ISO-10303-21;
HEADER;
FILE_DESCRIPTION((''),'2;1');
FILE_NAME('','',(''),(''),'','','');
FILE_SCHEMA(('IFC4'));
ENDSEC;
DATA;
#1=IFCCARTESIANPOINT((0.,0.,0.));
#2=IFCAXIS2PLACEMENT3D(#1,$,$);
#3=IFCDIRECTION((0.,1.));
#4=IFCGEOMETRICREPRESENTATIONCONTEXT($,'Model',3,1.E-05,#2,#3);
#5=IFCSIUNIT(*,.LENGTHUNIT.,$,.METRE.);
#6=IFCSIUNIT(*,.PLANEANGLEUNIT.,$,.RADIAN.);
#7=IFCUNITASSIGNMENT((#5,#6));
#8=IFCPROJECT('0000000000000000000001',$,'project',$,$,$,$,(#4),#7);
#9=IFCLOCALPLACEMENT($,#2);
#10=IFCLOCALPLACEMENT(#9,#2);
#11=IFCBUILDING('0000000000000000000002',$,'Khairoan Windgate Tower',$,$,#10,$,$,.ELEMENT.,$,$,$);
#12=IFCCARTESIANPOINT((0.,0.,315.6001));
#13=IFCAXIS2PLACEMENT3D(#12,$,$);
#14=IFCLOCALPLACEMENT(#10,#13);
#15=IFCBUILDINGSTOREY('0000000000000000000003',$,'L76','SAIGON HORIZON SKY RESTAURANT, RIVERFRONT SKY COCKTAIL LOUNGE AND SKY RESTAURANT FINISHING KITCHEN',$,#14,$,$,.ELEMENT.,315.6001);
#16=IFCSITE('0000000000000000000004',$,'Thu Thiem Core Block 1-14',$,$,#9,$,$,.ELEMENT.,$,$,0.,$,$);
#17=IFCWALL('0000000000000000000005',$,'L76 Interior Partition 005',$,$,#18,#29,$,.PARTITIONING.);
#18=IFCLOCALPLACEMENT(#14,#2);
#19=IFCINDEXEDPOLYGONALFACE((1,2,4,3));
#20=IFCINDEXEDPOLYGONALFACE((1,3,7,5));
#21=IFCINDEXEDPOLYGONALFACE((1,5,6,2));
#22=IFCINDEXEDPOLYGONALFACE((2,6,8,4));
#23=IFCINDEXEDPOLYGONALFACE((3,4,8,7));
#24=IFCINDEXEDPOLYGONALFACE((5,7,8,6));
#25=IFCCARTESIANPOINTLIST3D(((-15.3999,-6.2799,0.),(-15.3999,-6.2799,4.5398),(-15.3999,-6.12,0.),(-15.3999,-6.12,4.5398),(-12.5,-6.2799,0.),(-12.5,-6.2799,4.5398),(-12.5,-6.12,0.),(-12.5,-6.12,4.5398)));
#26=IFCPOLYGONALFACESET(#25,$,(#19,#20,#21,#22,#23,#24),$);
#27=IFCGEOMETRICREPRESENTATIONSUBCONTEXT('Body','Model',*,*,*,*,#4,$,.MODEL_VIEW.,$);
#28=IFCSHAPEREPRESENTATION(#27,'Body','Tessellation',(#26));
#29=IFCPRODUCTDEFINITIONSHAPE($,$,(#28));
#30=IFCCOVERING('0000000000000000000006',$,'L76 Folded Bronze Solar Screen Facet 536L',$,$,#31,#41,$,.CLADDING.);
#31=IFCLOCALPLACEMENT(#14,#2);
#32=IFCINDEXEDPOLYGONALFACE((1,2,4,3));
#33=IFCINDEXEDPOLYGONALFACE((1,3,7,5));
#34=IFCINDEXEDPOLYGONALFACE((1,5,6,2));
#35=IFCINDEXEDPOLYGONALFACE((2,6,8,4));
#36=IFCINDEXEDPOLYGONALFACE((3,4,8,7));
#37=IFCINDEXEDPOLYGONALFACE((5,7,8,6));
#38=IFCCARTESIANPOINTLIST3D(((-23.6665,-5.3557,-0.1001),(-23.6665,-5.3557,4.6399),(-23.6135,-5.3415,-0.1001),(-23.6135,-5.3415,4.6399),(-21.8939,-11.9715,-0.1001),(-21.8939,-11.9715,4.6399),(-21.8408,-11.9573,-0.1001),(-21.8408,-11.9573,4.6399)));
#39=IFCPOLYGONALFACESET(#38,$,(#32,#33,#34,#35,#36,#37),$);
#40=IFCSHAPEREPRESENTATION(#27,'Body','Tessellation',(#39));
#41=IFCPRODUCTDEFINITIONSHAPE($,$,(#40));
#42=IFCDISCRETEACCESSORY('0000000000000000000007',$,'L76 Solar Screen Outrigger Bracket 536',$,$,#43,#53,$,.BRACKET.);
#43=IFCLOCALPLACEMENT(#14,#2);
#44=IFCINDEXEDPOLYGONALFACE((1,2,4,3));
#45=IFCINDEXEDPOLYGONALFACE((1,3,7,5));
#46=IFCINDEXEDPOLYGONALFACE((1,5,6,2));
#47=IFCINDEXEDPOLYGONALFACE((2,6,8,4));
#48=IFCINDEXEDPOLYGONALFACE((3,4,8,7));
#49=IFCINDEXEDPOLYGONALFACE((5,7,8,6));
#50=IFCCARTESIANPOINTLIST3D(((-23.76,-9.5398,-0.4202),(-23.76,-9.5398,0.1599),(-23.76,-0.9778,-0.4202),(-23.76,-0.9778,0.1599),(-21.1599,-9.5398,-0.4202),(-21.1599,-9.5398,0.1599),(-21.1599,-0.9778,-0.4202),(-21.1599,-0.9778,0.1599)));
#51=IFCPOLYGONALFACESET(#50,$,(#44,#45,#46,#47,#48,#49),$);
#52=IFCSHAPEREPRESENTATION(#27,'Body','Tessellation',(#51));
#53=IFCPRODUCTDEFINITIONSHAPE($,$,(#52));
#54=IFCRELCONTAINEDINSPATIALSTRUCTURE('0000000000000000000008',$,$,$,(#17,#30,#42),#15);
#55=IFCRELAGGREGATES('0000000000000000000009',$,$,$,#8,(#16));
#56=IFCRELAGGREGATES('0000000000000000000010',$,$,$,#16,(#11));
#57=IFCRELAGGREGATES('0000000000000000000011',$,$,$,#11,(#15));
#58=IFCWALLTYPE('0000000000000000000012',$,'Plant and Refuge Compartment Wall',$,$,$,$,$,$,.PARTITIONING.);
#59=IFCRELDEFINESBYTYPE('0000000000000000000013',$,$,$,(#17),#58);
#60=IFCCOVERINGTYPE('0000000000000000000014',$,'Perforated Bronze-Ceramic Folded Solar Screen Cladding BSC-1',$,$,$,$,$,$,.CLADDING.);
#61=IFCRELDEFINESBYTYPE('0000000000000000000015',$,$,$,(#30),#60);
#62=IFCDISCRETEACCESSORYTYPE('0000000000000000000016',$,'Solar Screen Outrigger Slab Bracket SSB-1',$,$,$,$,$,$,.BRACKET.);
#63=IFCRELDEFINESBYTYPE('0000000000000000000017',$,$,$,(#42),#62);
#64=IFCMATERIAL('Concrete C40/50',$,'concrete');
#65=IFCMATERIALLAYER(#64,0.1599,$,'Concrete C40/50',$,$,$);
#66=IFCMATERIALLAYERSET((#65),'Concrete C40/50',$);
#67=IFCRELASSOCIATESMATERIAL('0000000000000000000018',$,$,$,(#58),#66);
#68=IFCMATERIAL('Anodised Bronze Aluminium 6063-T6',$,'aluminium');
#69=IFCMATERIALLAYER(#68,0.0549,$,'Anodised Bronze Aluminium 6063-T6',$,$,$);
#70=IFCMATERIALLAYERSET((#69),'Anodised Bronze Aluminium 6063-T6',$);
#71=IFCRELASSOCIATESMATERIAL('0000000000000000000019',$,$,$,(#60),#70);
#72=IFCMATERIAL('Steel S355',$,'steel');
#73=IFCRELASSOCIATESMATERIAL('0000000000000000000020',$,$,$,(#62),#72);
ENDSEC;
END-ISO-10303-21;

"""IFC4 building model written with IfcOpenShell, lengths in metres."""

from ifc_helpers import new_model, si_unit, direction, frame, frame_2d, origin, origin_2d, place, context, subcontext, project, spatial, rectangle, extrude, material, layer, layer_set, type_object, element, save


model = new_model("IFC4")

# Units and contexts
model_context = context("Model", 3, precision=1e-05, world=origin(), true_north=direction((0.0, 1.0)))
body_context = subcontext(model_context, "Body", "Model", "MODEL_VIEW")
ifc_project = project(units=[si_unit("LENGTHUNIT", "METRE"), si_unit("PLANEANGLEUNIT", "RADIAN")], contexts=[model_context])

# Site, building, storey
site_placement = place(None, origin())
site = spatial("IfcSite", under=ifc_project, at=site_placement, Name="Thu Thiem Core Block 1-14", CompositionType="ELEMENT", RefElevation=0.0)
building_placement = place(site_placement, origin())
building = spatial("IfcBuilding", under=site, at=building_placement, Name="Khairoan Windgate Tower", CompositionType="ELEMENT")
storey_placement = place(building_placement, frame((0.0, 0.0, 315.6001)))
storey = spatial("IfcBuildingStorey", under=building, at=storey_placement, Name="L76", Description="SAIGON HORIZON SKY RESTAURANT, RIVERFRONT SKY COCKTAIL LOUNGE AND SKY RESTAURANT FINISHING KITCHEN", CompositionType="ELEMENT", Elevation=315.6001)

# Shared definitions
ifc_material_1 = material(Name="Concrete C40/50", Category="concrete")
ifc_layer_1 = layer(ifc_material_1, 0.1599, Name="Concrete C40/50")
ifc_layer_set_1 = layer_set([ifc_layer_1], Name="Concrete C40/50")
wall_type_1 = type_object("IfcWallType", Name="Plant and Refuge Compartment Wall", PredefinedType="PARTITIONING", material=ifc_layer_set_1)

# Wall
wall_1_placement = place(storey_placement, frame((-15.3999, -6.2, 0.0), z_axis=(0.0, 0.0, 1.0), x_axis=(1.0, 0.0, 0.0)))
element("IfcWall", 1, at=wall_1_placement, inside=storey, type_object=wall_type_1, Name="L76 Interior Partition 005", PredefinedType="PARTITIONING", context=body_context, shape_type="SweptSolid", body=[
    extrude(rectangle(XDim=2.8999, YDim=0.1599, at=frame_2d((1.45, 0.0))), origin(), (0.0, 0.0, 1.0), 4.5398),
])

# Covering
ifc_material_2 = material(Name="Anodised Bronze Aluminium 6063-T6", Category="aluminium")
ifc_layer_2 = layer(ifc_material_2, 0.0549, Name="Anodised Bronze Aluminium 6063-T6")
ifc_layer_set_2 = layer_set([ifc_layer_2], Name="Anodised Bronze Aluminium 6063-T6")
covering_type = type_object("IfcCoveringType", Name="Perforated Bronze-Ceramic Folded Solar Screen Cladding BSC-1", PredefinedType="CLADDING", material=ifc_layer_set_2)
covering_placement = place(storey_placement, frame((-22.7537, -8.6565, -0.1001), z_axis=(0.0, 0.0, 1.0), x_axis=(-0.258819, 0.965926, 0.0)))
element("IfcCovering", 2, at=covering_placement, inside=storey, type_object=covering_type, Name="L76 Folded Bronze Solar Screen Facet 536L", PredefinedType="CLADDING", context=body_context, shape_type="SweptSolid", body=[
    extrude(rectangle(XDim=6.8491, YDim=0.0549, at=origin_2d()), origin(), (0.0, 0.0, 1.0), 4.74),
])

# Discrete accessory
ifc_material_3 = material(Name="Steel S355", Category="steel")
discrete_accessory_type = type_object("IfcDiscreteAccessoryType", Name="Solar Screen Outrigger Slab Bracket SSB-1", PredefinedType="BRACKET", material=ifc_material_3)
discrete_accessory_placement = place(storey_placement, frame((-22.46, -5.2588, -0.4202), z_axis=(0.0, 0.0, 1.0), x_axis=(0.0, 1.0, 0.0)))
element("IfcDiscreteAccessory", 3, at=discrete_accessory_placement, inside=storey, type_object=discrete_accessory_type, Name="L76 Solar Screen Outrigger Bracket 536", PredefinedType="BRACKET", context=body_context, shape_type="SweptSolid", body=[
    extrude(rectangle(XDim=8.562, YDim=2.6001, at=origin_2d()), origin(), (0.0, 0.0, 1.0), 0.5801),
])

save(model, "model.ifc")
